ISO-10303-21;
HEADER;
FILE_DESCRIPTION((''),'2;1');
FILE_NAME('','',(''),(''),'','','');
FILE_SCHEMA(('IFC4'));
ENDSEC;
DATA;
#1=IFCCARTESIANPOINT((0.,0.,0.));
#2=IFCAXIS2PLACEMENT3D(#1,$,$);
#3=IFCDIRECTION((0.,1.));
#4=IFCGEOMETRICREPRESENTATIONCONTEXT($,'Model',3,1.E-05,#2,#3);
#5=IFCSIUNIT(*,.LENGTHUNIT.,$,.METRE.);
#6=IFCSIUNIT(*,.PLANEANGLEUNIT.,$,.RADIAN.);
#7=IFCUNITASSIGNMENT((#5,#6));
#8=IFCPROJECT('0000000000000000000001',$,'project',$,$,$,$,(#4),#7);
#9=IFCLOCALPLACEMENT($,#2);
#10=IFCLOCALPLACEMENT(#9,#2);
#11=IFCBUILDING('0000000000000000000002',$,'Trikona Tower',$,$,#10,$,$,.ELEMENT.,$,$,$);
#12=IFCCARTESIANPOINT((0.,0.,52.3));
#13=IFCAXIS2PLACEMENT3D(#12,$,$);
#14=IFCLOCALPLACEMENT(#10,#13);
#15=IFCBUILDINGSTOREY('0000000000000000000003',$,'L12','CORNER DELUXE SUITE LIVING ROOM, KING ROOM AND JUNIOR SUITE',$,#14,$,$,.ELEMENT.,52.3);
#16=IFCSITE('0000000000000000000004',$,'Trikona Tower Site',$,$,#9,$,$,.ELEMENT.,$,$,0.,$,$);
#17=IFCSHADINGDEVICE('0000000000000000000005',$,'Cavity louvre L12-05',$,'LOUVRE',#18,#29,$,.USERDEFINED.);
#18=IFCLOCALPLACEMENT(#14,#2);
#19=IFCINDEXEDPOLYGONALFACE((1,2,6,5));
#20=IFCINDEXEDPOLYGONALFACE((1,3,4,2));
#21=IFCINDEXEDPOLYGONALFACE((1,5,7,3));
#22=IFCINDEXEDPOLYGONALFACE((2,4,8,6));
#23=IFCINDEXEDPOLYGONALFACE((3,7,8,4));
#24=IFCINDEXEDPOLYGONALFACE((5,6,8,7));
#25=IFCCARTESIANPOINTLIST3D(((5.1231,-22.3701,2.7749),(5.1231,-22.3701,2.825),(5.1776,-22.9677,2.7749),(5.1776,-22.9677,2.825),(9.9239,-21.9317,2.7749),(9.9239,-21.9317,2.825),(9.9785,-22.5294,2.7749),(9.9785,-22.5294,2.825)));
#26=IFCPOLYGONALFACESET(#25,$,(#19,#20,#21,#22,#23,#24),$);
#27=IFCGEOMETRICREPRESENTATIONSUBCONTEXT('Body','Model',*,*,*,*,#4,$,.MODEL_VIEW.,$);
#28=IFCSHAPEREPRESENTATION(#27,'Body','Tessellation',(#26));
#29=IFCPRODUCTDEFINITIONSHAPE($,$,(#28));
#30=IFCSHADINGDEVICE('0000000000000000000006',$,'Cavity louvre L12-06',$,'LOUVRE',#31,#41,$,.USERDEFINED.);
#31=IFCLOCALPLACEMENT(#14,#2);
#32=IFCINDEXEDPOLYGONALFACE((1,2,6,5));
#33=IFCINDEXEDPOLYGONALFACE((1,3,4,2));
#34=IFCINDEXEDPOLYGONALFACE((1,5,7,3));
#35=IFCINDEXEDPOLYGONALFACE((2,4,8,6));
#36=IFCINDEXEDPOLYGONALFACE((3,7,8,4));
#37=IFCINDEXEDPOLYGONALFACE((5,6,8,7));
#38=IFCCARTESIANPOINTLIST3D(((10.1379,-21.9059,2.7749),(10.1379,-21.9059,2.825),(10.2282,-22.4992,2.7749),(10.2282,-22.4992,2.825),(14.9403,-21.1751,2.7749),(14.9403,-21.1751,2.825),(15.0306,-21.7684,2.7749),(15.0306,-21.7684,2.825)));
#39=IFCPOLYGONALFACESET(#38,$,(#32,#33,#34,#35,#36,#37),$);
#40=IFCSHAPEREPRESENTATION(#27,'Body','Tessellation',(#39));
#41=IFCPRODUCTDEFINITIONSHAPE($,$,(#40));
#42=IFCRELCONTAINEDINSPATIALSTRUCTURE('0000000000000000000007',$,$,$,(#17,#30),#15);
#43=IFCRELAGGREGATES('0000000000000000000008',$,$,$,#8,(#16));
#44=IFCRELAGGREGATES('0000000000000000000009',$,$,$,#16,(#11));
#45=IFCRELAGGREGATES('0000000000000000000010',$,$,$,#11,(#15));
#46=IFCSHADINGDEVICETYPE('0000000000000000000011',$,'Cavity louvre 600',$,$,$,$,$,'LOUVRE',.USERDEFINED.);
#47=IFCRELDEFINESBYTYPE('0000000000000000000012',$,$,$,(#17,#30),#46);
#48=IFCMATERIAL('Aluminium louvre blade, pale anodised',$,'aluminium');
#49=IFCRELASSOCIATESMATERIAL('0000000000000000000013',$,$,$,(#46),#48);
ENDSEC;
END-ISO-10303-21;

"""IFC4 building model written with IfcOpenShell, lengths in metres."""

from ifc_helpers import new_model, si_unit, direction, frame, origin, origin_2d, place, context, subcontext, project, spatial, rectangle, extrude, material, type_object, element, save


model = new_model("IFC4")

# Units and contexts
model_context = context("Model", 3, precision=1e-05, world=origin(), true_north=direction((0.0, 1.0)))
body_context = subcontext(model_context, "Body", "Model", "MODEL_VIEW")
ifc_project = project(units=[si_unit("LENGTHUNIT", "METRE"), si_unit("PLANEANGLEUNIT", "RADIAN")], contexts=[model_context])

# Site, building, storey
site_placement = place(None, origin())
site = spatial("IfcSite", under=ifc_project, at=site_placement, Name="Trikona Tower Site", CompositionType="ELEMENT", RefElevation=0.0)
building_placement = place(site_placement, origin())
building = spatial("IfcBuilding", under=site, at=building_placement, Name="Trikona Tower", CompositionType="ELEMENT")
storey_placement = place(building_placement, frame((0.0, 0.0, 52.3)))
storey = spatial("IfcBuildingStorey", under=building, at=storey_placement, Name="L12", Description="CORNER DELUXE SUITE LIVING ROOM, KING ROOM AND JUNIOR SUITE", CompositionType="ELEMENT", Elevation=52.3)

# Shading devices
ifc_material_1 = material(Name="Aluminium louvre blade, pale anodised", Category="aluminium")
shading_device_type = type_object("IfcShadingDeviceType", Name="Cavity louvre 600", ElementType="LOUVRE", PredefinedType="USERDEFINED", material=ifc_material_1)
shading_device_1_placement = place(storey_placement, frame((7.5508, -22.4497, 2.7749), z_axis=(0.0, 0.0, 1.0), x_axis=(0.995858, 0.090921, 0.0)))
element("IfcShadingDevice", 1, at=shading_device_1_placement, inside=storey, type_object=shading_device_type, Name="Cavity louvre L12-05", ObjectType="LOUVRE", PredefinedType="USERDEFINED", context=body_context, shape_type="SweptSolid", body=[
    extrude(rectangle(XDim=4.8208, YDim=0.6001, at=origin_2d()), origin(), (0.0, 0.0, 1.0), 0.05),
])
shading_device_2_placement = place(storey_placement, frame((12.5842, -21.8372, 2.7749), z_axis=(0.0, 0.0, 1.0), x_axis=(0.988618, 0.150448, 0.0)))
element("IfcShadingDevice", 2, at=shading_device_2_placement, inside=storey, type_object=shading_device_type, Name="Cavity louvre L12-06", ObjectType="LOUVRE", PredefinedType="USERDEFINED", context=body_context, shape_type="SweptSolid", body=[
    extrude(rectangle(XDim=4.8577, YDim=0.6001, at=origin_2d()), origin(), (0.0, 0.0, 1.0), 0.05),
])

save(model, "model.ifc")
